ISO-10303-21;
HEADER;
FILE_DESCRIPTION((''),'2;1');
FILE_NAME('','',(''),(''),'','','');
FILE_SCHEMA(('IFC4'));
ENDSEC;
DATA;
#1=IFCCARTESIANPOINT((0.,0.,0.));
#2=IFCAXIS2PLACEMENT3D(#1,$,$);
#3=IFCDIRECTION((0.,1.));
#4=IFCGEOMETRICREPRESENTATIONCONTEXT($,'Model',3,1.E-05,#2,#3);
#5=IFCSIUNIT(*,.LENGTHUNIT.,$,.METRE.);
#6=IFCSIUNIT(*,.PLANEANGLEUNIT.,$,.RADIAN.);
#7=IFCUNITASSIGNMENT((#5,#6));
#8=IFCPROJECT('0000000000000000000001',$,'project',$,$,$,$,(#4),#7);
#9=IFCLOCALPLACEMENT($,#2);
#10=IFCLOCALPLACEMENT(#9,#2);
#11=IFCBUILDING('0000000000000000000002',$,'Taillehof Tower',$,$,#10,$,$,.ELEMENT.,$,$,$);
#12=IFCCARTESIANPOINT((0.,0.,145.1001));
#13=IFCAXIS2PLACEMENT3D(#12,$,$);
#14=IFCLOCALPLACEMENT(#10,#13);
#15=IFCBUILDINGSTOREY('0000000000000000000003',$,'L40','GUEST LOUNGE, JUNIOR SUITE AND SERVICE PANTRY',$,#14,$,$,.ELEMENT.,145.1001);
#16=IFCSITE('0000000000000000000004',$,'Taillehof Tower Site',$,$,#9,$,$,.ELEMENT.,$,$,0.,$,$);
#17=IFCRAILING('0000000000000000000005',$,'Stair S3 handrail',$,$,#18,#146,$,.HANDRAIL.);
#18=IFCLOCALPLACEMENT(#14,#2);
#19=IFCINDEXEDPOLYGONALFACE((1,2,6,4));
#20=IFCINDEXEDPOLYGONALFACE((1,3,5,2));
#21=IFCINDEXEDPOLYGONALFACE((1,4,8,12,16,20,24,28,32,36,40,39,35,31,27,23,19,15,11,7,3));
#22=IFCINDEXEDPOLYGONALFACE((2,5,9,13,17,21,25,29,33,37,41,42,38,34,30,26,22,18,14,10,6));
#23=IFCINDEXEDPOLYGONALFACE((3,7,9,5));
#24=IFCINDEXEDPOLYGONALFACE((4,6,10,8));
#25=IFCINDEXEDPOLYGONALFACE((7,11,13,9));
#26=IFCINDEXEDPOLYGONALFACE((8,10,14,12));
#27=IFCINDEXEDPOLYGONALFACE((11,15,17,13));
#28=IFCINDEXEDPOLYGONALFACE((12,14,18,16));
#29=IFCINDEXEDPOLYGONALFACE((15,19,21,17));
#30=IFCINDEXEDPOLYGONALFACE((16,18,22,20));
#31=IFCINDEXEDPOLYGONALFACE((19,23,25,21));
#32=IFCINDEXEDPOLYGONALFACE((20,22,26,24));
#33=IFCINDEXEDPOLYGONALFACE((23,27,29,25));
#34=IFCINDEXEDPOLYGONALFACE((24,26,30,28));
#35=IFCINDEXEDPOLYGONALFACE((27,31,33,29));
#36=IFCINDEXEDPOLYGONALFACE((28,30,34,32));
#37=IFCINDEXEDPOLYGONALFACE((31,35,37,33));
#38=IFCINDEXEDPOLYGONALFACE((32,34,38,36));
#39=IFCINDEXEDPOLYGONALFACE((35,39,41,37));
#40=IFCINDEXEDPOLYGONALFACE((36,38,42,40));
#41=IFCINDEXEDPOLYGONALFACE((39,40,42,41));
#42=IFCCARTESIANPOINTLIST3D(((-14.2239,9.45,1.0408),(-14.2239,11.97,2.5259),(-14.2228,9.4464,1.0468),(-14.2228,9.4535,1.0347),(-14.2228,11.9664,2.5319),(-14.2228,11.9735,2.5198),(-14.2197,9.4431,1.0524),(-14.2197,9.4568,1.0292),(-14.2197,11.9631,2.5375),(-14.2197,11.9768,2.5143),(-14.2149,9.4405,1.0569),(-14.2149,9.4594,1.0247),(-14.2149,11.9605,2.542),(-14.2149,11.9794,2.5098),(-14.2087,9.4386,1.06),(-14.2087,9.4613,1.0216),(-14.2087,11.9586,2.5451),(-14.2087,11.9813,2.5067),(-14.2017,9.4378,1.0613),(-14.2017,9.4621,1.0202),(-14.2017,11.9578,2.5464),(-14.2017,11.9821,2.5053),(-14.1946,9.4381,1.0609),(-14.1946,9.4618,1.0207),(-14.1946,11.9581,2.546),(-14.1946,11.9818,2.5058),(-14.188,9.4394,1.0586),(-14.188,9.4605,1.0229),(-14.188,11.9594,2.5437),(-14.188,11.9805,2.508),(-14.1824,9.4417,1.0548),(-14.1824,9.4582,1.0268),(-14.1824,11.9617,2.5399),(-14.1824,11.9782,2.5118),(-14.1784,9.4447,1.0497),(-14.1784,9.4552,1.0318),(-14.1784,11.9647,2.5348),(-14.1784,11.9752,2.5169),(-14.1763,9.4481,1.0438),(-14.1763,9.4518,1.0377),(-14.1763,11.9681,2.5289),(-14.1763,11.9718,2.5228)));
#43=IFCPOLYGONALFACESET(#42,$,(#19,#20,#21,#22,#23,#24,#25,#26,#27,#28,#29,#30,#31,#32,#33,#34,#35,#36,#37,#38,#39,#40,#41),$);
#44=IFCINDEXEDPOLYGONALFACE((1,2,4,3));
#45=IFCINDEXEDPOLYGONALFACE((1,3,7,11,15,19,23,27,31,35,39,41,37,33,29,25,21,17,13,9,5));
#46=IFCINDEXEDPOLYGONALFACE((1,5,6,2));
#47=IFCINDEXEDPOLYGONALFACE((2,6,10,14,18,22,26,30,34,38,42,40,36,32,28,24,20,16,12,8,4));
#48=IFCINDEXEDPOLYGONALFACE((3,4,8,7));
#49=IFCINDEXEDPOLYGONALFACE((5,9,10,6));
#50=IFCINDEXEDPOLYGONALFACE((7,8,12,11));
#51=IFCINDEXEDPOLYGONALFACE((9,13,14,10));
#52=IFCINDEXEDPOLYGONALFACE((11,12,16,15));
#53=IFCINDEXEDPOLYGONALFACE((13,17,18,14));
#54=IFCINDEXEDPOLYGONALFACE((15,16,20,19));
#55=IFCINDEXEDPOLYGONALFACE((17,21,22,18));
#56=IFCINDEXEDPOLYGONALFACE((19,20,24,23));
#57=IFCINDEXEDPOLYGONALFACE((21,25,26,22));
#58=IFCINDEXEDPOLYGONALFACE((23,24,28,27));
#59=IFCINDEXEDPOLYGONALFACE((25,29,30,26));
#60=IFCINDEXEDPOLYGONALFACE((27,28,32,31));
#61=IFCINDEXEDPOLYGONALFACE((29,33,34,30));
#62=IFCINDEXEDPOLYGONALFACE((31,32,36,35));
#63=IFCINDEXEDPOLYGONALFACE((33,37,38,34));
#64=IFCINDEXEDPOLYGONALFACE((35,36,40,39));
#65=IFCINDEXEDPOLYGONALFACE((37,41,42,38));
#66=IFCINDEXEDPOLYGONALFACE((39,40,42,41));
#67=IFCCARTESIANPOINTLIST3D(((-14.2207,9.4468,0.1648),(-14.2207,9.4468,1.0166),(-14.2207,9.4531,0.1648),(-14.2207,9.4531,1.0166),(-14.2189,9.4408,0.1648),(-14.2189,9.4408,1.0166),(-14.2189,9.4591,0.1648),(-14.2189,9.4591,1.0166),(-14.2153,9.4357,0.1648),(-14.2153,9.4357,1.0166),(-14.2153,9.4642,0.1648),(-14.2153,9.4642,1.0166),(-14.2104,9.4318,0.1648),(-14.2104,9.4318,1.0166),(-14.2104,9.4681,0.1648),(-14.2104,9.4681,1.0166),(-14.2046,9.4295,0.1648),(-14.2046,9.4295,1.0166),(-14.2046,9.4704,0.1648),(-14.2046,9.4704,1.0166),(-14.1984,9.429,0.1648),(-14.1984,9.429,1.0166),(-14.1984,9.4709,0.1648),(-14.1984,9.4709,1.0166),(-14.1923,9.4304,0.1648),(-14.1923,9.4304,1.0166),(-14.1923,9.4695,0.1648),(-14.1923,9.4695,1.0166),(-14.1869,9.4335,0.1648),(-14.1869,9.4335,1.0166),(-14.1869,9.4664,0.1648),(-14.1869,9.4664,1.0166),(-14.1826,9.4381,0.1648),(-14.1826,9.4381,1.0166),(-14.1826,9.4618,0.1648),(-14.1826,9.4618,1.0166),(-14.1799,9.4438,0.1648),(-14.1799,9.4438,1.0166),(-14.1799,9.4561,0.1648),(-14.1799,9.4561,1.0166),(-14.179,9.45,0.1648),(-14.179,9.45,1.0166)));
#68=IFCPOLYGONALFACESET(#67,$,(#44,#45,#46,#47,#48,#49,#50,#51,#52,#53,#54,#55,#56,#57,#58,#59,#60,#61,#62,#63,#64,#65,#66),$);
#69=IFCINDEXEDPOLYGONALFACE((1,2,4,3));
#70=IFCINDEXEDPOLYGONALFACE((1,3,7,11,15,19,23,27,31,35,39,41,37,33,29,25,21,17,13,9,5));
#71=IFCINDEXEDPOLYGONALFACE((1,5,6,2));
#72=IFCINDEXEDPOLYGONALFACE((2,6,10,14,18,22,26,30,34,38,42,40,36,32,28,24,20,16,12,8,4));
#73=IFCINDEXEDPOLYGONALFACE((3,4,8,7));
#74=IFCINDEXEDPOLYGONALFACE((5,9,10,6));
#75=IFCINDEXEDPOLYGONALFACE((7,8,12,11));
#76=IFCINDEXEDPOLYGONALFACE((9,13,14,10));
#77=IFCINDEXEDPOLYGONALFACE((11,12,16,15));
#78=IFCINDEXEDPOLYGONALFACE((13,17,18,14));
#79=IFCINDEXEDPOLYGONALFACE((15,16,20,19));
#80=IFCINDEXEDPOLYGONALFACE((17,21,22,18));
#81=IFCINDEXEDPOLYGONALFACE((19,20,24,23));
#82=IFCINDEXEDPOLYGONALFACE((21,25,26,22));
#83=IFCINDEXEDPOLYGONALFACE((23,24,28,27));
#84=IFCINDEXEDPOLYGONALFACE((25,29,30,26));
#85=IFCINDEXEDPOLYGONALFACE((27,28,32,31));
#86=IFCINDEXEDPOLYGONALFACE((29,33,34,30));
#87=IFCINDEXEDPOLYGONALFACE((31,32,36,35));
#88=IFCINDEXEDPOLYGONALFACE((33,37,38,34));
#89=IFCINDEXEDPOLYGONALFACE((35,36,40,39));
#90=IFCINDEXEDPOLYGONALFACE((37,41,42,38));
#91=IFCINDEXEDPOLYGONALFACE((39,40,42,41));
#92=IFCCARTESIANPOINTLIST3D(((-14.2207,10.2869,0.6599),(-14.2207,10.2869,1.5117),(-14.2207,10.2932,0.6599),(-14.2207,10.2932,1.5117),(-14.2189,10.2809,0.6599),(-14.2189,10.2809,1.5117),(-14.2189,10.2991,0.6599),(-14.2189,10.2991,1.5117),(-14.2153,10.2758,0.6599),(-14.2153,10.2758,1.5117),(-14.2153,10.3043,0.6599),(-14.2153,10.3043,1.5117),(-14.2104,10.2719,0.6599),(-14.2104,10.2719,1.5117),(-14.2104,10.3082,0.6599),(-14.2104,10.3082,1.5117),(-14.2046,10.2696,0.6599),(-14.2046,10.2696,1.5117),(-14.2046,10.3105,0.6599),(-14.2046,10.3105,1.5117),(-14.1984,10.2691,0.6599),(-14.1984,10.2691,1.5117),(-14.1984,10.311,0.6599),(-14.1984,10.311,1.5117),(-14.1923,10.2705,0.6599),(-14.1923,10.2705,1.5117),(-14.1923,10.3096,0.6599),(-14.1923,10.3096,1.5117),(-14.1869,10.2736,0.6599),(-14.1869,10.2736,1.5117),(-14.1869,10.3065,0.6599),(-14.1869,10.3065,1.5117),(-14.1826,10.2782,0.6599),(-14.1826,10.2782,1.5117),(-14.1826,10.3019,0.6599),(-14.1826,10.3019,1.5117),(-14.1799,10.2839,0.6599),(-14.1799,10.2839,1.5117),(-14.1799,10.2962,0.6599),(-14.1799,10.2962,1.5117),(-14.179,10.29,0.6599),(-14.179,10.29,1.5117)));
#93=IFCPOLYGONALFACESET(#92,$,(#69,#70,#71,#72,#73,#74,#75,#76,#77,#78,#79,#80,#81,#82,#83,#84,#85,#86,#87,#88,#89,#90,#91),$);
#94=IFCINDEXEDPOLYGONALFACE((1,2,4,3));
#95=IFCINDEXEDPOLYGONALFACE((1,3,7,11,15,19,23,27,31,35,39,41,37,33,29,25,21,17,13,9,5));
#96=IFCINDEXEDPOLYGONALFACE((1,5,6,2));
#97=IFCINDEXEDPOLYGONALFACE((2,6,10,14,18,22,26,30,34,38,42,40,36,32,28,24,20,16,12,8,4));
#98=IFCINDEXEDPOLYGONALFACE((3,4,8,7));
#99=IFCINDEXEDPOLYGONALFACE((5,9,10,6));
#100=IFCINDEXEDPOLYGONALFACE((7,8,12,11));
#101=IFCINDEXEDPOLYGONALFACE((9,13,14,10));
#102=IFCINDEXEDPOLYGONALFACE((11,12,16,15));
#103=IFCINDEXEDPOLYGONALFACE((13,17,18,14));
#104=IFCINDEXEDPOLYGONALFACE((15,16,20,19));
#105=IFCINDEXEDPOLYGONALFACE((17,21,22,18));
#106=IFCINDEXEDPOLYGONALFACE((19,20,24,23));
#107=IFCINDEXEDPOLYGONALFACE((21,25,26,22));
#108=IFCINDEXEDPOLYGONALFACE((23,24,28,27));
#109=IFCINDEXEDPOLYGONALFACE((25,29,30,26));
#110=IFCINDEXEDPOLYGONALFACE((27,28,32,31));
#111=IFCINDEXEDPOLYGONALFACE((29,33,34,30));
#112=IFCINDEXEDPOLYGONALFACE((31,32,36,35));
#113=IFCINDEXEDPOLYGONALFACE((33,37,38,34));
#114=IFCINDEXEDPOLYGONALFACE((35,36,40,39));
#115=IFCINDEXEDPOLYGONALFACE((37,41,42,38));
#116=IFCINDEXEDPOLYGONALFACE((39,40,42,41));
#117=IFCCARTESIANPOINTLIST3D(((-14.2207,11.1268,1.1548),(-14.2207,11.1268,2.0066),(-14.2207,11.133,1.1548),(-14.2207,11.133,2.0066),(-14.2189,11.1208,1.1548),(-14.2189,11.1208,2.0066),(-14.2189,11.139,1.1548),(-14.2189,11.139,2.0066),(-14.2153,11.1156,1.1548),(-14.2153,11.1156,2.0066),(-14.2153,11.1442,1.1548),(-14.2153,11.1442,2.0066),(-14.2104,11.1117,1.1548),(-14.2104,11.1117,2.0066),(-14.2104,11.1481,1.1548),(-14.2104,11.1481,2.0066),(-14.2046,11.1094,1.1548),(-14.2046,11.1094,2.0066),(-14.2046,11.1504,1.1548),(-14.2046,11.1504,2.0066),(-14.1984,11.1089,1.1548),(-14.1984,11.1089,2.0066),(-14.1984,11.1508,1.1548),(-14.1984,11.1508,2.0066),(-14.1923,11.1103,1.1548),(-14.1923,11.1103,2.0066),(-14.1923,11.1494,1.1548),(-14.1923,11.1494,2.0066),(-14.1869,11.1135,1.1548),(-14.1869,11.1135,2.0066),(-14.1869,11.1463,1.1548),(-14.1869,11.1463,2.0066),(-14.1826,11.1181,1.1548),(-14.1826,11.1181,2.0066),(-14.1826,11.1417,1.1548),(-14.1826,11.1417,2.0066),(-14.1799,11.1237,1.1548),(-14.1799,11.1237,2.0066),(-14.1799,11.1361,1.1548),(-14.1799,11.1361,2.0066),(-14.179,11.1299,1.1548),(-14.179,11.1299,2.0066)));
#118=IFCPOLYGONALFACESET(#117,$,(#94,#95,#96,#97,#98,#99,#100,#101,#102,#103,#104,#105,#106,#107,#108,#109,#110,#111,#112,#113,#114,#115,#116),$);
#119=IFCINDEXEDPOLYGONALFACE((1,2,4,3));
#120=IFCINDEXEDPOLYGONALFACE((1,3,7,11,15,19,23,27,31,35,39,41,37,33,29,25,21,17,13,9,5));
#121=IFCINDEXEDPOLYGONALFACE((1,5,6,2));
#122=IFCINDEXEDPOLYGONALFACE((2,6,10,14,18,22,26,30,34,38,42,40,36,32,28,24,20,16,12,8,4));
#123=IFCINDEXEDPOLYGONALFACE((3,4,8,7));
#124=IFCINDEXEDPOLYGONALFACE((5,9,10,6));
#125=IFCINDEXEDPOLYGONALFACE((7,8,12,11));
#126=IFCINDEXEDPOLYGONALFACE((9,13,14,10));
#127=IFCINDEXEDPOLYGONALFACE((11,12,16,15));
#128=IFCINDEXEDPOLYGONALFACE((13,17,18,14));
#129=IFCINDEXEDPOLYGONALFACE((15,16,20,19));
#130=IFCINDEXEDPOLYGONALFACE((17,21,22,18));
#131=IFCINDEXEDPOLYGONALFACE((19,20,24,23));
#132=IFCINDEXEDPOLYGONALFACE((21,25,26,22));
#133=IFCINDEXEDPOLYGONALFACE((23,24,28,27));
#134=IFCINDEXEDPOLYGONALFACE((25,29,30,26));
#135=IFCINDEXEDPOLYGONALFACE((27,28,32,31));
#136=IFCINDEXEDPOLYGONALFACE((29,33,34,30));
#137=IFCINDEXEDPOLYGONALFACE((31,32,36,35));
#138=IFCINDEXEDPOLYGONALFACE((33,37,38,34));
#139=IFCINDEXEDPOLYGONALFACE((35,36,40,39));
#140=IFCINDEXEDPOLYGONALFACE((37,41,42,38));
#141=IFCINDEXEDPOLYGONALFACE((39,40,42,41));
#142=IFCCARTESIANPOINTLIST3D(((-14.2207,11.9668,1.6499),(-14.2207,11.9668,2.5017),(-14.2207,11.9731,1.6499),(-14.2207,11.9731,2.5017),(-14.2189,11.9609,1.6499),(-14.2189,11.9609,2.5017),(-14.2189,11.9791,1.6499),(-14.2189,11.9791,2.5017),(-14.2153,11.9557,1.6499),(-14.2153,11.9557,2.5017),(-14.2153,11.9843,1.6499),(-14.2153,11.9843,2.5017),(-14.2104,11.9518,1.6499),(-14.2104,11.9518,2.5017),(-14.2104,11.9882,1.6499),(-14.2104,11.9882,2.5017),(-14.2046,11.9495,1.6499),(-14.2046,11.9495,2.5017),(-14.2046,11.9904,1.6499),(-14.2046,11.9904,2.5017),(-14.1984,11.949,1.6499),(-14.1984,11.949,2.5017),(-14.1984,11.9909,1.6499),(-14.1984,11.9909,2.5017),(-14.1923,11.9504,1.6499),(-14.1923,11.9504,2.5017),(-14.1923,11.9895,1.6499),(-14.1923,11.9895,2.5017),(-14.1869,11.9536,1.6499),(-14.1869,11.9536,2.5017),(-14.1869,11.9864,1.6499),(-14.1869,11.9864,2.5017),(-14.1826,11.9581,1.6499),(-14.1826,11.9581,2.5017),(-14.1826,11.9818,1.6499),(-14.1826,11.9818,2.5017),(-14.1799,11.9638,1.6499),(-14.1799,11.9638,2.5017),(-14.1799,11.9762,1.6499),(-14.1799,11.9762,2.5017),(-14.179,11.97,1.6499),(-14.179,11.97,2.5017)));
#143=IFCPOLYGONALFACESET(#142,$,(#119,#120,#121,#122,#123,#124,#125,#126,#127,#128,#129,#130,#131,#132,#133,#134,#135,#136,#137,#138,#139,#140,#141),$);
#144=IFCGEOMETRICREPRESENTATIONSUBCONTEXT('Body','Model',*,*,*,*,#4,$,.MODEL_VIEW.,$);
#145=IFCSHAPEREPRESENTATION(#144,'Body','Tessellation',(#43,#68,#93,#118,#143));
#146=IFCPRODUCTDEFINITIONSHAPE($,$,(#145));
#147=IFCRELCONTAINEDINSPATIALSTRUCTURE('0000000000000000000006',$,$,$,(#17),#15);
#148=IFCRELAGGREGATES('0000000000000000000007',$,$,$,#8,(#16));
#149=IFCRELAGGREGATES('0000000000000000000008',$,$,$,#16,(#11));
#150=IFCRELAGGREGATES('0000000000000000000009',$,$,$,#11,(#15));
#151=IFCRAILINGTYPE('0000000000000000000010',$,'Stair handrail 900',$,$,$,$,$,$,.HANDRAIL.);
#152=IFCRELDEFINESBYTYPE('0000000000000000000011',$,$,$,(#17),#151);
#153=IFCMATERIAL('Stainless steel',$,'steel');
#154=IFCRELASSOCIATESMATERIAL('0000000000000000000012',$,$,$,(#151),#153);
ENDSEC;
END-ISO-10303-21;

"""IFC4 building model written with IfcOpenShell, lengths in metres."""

from ifc_helpers import new_model, si_unit, direction, frame, origin, origin_2d, place, context, subcontext, project, spatial, circle, extrude, material, type_object, element, save


model = new_model("IFC4")

# Units and contexts
model_context = context("Model", 3, precision=1e-05, world=origin(), true_north=direction((0.0, 1.0)))
body_context = subcontext(model_context, "Body", "Model", "MODEL_VIEW")
ifc_project = project(units=[si_unit("LENGTHUNIT", "METRE"), si_unit("PLANEANGLEUNIT", "RADIAN")], contexts=[model_context])

# Site, building, storey
site_placement = place(None, origin())
site = spatial("IfcSite", under=ifc_project, at=site_placement, Name="Taillehof Tower Site", CompositionType="ELEMENT", RefElevation=0.0)
building_placement = place(site_placement, origin())
building = spatial("IfcBuilding", under=site, at=building_placement, Name="Taillehof Tower", CompositionType="ELEMENT")
storey_placement = place(building_placement, frame((0.0, 0.0, 145.1001)))
storey = spatial("IfcBuildingStorey", under=building, at=storey_placement, Name="L40", Description="GUEST LOUNGE, JUNIOR SUITE AND SERVICE PANTRY", CompositionType="ELEMENT", Elevation=145.1001)

# Railing
ifc_material_1 = material(Name="Stainless steel", Category="steel")
railing_type = type_object("IfcRailingType", Name="Stair handrail 900", PredefinedType="HANDRAIL", material=ifc_material_1)
railing_placement = place(storey_placement, frame((-14.2, 9.45, 0.1648)))
element("IfcRailing", 1, at=railing_placement, inside=storey, type_object=railing_type, Name="Stair S3 handrail", PredefinedType="HANDRAIL", context=body_context, shape_type="SweptSolid", body=[
    extrude(circle(Radius=0.0239, at=origin_2d()), frame((0.0, 0.0, 0.876), z_axis=(0.0, 0.861524, 0.507717), x_axis=(-1.0, 0.0, 0.0)), (0.0, 0.0, 1.0), 2.925),
    extrude(circle(Radius=0.021, at=origin_2d()), origin(), (0.0, 0.0, 1.0), 0.8518),
    extrude(circle(Radius=0.021, at=origin_2d()), frame((0.0, 0.8401, 0.4951)), (0.0, 0.0, 1.0), 0.8518),
    extrude(circle(Radius=0.021, at=origin_2d()), frame((0.0, 1.6799, 0.99)), (0.0, 0.0, 1.0), 0.8518),
    extrude(circle(Radius=0.021, at=origin_2d()), frame((0.0, 2.52, 1.4851)), (0.0, 0.0, 1.0), 0.8518),
])

save(model, "model.ifc")
